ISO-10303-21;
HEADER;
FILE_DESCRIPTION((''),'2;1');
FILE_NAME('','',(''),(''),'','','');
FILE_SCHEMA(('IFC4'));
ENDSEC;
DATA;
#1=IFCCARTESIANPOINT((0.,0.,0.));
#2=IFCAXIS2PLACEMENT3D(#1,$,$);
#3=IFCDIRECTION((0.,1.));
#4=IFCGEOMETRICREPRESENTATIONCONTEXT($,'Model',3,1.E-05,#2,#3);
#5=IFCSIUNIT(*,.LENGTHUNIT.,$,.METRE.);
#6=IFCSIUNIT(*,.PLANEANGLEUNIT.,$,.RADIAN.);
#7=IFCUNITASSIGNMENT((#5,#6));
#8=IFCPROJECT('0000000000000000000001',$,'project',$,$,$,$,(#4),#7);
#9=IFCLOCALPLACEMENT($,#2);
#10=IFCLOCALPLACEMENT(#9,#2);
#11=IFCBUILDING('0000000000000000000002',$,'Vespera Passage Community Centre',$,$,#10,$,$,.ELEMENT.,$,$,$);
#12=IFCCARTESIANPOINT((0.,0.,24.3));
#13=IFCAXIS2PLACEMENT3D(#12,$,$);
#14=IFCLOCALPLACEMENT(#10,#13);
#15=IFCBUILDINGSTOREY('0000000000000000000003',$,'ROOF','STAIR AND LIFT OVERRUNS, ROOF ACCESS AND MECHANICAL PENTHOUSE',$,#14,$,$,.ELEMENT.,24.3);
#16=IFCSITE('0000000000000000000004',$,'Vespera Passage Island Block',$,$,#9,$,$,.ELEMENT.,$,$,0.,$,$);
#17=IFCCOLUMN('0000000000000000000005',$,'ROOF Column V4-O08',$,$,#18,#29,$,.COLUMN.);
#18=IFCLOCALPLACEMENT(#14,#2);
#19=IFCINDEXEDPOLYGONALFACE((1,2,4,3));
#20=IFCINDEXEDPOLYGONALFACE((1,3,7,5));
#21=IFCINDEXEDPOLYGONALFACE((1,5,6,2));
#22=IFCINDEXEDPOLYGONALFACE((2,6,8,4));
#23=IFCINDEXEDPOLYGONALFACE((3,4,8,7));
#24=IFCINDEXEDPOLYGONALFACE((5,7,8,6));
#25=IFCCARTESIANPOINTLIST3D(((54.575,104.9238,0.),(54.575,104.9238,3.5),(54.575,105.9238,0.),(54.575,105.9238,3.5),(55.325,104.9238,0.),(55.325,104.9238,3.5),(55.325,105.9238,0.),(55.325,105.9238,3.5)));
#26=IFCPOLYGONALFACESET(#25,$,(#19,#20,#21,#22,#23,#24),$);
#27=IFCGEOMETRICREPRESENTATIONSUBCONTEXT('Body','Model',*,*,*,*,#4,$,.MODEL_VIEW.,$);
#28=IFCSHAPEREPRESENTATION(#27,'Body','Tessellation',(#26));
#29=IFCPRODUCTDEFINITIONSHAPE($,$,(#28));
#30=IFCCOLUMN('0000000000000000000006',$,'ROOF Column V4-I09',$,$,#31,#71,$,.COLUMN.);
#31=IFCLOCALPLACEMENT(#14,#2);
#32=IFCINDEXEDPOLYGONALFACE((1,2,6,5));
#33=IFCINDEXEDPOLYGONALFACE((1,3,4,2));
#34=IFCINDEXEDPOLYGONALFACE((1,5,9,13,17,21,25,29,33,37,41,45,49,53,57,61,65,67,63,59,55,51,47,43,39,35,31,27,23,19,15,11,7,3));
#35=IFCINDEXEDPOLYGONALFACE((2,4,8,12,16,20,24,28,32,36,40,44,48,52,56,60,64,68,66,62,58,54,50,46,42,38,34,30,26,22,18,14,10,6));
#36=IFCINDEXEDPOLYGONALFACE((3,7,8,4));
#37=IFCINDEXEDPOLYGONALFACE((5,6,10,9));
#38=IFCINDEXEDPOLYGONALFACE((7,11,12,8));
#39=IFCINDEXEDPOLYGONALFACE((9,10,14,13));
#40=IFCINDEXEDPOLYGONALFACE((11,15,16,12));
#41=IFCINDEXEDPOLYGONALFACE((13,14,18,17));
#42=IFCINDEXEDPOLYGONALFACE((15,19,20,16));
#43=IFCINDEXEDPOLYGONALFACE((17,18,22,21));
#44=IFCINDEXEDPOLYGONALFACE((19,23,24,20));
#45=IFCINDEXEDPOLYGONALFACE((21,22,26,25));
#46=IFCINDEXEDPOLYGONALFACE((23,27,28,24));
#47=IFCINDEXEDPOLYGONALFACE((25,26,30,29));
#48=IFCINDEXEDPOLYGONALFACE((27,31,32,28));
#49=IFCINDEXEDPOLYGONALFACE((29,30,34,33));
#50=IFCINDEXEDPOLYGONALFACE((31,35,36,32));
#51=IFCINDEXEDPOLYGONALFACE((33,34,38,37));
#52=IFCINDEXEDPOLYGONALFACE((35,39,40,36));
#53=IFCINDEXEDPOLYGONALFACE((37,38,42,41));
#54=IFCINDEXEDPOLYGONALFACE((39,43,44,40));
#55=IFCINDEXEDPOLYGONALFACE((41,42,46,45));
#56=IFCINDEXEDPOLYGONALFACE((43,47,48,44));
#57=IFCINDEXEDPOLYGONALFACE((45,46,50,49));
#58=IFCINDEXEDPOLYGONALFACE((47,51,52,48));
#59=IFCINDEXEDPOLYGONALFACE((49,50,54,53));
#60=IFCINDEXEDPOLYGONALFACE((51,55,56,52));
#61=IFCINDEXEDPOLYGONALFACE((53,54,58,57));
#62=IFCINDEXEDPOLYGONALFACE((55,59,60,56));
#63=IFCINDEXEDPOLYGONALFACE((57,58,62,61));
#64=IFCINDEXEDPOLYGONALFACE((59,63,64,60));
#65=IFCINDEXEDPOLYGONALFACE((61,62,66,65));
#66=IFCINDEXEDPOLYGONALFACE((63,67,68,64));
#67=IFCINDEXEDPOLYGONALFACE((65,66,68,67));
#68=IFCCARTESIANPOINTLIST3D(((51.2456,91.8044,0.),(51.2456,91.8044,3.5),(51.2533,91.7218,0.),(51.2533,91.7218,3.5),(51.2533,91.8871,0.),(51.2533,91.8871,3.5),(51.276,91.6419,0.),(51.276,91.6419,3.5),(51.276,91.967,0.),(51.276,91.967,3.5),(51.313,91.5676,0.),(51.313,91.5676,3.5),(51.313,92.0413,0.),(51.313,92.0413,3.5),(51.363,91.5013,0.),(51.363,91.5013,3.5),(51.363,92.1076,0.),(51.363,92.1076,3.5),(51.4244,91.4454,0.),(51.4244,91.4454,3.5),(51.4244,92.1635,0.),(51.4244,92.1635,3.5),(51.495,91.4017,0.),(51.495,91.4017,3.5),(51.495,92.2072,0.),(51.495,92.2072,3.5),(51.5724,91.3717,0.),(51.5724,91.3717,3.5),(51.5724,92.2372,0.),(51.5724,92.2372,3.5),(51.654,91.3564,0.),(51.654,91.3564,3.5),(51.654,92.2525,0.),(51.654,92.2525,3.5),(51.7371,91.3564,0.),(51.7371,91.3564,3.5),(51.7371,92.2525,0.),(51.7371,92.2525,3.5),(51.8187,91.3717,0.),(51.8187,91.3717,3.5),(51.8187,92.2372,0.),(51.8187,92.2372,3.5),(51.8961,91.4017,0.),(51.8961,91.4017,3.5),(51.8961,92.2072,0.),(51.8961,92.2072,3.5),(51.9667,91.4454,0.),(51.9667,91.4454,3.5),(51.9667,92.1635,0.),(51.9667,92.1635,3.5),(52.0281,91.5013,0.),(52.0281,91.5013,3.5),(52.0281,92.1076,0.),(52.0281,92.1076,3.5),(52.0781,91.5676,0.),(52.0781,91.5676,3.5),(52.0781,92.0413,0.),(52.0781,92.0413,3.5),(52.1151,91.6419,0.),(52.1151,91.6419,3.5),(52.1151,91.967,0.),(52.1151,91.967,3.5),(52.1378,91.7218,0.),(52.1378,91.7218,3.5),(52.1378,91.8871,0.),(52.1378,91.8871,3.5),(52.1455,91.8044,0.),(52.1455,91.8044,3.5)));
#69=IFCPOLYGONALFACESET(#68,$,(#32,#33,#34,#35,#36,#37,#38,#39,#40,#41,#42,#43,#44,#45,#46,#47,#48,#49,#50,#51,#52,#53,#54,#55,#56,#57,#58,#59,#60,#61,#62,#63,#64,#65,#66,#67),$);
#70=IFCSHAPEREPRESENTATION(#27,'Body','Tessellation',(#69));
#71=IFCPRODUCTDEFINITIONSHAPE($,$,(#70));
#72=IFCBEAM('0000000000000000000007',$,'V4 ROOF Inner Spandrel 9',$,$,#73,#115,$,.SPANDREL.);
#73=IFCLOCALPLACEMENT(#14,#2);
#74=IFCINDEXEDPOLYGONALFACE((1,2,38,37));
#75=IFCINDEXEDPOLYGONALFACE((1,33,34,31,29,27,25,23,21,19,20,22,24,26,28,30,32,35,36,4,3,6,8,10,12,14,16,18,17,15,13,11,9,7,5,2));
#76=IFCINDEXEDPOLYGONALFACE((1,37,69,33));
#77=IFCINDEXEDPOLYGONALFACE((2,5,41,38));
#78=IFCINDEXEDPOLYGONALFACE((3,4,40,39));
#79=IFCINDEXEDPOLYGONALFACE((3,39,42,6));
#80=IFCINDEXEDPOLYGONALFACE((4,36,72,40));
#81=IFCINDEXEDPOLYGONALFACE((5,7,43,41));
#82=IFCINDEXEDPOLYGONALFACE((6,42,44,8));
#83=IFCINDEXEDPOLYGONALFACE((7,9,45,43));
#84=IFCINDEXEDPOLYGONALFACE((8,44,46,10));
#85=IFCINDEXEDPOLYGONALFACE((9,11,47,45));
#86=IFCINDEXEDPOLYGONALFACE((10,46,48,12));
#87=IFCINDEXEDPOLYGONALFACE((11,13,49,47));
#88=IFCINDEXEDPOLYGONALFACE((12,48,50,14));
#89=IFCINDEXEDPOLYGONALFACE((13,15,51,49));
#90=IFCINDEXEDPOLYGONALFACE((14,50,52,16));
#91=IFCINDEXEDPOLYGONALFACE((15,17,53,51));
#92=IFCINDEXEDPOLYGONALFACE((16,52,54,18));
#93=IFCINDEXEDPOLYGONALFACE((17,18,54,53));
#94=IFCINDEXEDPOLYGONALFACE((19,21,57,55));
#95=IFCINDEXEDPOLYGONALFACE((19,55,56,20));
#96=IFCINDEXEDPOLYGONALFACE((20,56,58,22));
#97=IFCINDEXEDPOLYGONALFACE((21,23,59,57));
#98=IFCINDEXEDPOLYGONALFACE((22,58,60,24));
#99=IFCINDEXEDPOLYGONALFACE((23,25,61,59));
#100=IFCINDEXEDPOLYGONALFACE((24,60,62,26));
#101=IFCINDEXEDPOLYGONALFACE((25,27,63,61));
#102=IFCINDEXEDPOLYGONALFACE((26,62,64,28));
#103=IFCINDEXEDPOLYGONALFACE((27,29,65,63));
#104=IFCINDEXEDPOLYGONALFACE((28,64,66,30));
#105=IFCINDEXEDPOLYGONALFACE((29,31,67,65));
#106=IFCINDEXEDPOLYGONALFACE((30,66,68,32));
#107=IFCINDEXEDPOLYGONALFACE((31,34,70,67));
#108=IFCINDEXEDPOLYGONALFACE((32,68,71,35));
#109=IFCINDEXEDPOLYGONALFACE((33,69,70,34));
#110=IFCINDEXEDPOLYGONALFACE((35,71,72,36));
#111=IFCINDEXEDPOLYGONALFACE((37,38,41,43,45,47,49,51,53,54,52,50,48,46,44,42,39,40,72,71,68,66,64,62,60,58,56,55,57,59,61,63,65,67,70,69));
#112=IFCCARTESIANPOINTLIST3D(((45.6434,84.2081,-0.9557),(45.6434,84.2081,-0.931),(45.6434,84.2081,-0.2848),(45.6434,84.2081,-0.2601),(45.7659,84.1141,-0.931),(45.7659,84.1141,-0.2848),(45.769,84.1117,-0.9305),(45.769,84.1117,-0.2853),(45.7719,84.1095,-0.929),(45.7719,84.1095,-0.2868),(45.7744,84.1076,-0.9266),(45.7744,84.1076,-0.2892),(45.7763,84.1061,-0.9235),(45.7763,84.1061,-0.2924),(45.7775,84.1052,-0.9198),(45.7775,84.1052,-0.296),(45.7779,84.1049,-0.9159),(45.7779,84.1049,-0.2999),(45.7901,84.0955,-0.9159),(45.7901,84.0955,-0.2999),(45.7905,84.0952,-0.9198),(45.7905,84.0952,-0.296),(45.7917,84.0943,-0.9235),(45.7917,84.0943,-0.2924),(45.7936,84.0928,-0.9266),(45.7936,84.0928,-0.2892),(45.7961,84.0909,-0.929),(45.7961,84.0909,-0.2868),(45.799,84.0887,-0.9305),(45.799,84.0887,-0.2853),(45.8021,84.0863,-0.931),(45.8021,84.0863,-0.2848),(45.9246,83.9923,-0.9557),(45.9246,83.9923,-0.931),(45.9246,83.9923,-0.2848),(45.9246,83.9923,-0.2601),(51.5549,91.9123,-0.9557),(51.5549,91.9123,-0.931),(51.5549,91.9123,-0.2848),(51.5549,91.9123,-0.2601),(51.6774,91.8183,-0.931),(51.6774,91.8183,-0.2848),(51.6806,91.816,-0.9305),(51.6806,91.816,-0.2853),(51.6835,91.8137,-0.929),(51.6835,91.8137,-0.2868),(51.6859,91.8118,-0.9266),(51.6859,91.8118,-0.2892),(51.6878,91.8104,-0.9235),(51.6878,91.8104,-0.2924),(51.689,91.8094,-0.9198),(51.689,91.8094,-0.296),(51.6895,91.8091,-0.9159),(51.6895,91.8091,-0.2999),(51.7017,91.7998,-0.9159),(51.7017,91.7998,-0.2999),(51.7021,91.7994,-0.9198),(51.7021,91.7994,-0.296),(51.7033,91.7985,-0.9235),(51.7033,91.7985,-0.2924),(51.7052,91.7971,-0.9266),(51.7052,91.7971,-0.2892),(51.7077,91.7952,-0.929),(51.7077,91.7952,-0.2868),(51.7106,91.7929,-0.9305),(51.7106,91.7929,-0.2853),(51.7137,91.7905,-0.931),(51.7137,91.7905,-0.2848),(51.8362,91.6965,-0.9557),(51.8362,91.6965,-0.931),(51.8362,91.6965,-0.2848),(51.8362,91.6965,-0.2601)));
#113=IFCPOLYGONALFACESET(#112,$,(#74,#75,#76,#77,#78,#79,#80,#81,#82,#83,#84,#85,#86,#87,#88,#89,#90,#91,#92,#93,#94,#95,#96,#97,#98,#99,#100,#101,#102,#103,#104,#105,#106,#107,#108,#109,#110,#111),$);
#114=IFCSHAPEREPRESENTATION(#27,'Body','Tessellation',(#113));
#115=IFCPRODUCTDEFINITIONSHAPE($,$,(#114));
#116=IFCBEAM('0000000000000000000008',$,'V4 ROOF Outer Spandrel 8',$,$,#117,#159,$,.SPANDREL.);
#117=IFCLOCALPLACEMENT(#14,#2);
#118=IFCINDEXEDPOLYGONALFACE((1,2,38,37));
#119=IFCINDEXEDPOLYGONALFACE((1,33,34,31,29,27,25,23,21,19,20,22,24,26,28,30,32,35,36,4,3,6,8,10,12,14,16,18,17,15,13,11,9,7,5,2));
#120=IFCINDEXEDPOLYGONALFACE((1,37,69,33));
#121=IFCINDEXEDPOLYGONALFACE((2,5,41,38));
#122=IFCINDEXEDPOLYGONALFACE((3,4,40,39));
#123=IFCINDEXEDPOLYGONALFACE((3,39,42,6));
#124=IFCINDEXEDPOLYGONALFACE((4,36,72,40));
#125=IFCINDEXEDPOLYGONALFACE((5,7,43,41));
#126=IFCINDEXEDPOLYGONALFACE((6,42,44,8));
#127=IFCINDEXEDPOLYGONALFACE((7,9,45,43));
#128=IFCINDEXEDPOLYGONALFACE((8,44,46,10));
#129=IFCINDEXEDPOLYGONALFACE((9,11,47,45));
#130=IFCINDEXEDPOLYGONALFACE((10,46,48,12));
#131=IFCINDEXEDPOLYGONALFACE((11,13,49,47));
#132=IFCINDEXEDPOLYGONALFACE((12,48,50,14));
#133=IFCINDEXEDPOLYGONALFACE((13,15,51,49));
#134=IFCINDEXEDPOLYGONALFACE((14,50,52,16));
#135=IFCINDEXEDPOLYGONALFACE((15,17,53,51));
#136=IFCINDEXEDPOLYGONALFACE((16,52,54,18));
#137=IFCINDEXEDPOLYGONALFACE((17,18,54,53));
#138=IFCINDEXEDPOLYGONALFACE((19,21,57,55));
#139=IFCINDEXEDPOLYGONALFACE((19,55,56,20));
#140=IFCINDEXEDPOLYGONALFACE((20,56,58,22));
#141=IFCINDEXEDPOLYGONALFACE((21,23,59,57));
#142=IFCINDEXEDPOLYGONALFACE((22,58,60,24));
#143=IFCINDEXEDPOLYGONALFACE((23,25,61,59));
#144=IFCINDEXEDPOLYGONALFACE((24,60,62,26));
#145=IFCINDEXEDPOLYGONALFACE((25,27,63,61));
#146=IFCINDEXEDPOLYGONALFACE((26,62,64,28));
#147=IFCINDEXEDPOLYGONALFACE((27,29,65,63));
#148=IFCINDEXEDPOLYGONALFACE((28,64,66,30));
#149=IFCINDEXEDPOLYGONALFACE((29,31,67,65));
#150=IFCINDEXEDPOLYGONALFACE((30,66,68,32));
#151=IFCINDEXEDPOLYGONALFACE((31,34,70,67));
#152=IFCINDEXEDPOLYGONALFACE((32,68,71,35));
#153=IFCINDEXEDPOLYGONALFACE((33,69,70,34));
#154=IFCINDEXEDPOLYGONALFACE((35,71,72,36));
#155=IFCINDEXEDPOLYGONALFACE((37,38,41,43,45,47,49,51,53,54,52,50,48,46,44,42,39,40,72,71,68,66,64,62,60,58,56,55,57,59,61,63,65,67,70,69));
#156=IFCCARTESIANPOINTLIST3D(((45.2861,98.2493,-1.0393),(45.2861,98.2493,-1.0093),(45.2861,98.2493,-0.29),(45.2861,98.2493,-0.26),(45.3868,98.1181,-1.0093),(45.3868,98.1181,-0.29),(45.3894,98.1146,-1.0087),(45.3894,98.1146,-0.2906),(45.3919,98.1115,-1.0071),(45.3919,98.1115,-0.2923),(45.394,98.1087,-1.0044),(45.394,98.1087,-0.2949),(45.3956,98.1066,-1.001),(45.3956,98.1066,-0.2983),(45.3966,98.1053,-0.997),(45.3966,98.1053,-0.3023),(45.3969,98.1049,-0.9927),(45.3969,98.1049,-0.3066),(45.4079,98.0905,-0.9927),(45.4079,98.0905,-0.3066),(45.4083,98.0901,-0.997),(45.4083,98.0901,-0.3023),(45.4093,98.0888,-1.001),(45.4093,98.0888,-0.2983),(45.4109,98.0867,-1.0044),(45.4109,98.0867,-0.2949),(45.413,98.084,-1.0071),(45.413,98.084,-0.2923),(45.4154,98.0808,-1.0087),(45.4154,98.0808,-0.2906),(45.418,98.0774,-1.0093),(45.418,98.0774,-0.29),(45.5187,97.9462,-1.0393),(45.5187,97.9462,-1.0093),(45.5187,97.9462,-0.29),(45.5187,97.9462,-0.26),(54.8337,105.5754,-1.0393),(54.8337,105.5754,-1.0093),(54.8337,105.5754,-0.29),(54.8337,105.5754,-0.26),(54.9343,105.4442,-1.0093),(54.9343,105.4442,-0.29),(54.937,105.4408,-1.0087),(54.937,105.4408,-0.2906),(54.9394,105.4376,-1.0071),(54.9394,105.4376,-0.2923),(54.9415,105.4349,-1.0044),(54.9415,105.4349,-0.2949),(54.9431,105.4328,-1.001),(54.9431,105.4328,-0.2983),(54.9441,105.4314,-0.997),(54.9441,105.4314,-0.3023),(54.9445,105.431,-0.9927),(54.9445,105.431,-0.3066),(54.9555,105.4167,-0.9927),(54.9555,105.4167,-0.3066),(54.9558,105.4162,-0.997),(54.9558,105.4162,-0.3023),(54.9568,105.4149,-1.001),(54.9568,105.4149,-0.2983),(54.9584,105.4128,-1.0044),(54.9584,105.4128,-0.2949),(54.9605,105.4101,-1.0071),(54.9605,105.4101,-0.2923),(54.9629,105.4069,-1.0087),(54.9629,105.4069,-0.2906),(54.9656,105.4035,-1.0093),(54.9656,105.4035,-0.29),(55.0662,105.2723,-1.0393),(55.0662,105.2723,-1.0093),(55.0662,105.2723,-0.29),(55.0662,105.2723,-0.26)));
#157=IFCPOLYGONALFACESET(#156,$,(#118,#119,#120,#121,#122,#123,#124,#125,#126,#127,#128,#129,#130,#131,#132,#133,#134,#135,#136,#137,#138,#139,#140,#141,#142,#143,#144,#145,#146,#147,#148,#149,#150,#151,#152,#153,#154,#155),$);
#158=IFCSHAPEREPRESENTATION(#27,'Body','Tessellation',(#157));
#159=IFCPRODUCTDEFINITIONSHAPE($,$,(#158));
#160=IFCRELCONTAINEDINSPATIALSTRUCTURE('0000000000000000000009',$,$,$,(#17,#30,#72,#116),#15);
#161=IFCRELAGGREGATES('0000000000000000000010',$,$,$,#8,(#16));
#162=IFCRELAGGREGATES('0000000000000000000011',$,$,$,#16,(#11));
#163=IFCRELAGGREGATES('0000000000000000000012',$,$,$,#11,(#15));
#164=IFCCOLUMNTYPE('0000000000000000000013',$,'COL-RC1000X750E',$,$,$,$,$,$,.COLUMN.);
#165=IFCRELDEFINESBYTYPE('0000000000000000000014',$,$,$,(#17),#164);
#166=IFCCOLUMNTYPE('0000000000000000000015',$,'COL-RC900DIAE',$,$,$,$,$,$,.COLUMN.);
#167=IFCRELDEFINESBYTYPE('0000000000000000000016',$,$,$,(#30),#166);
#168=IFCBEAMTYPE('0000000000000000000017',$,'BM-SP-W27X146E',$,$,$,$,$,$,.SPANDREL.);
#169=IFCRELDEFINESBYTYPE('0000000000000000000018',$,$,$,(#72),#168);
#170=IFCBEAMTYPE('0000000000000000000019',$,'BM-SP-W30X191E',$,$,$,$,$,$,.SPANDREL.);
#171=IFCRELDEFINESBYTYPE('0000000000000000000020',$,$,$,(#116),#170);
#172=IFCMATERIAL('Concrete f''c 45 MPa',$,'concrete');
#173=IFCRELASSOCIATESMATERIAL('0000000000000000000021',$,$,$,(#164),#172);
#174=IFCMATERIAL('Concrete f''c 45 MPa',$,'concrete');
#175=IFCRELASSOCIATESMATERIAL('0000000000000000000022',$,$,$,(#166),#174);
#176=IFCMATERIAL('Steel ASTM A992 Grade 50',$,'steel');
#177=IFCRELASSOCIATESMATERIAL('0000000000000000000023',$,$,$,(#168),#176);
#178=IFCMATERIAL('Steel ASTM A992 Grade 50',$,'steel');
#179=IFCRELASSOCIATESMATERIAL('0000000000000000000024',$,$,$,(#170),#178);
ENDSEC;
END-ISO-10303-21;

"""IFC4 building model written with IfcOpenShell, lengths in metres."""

from ifc_helpers import new_model, si_unit, direction, frame, origin, origin_2d, place, context, subcontext, project, spatial, rectangle, circle, i_section, extrude, material, material_profile, profile_set, type_object, element, save


model = new_model("IFC4")

# Units and contexts
model_context = context("Model", 3, precision=1e-05, world=origin(), true_north=direction((0.0, 1.0)))
body_context = subcontext(model_context, "Body", "Model", "MODEL_VIEW")
ifc_project = project(units=[si_unit("LENGTHUNIT", "METRE"), si_unit("PLANEANGLEUNIT", "RADIAN")], contexts=[model_context])

# Site, building, storey
site_placement = place(None, origin())
site = spatial("IfcSite", under=ifc_project, at=site_placement, Name="Vespera Passage Island Block", CompositionType="ELEMENT", RefElevation=0.0)
building_placement = place(site_placement, origin())
building = spatial("IfcBuilding", under=site, at=building_placement, Name="Vespera Passage Community Centre", CompositionType="ELEMENT")
storey_placement = place(building_placement, frame((0.0, 0.0, 24.3)))
storey = spatial("IfcBuildingStorey", under=building, at=storey_placement, Name="ROOF", Description="STAIR AND LIFT OVERRUNS, ROOF ACCESS AND MECHANICAL PENTHOUSE", CompositionType="ELEMENT", Elevation=24.3)

# Columns
ifc_material_1 = material(Name="Concrete f'c 45 MPa", Category="concrete")
ifc_material_profile_1 = material_profile(ifc_material_1, rectangle(XDim=0.75, YDim=1.0, at=origin_2d()), Name="RC1000X750")
ifc_profile_set_1 = profile_set([ifc_material_profile_1], Name="Concrete f'c 45 MPa")
column_type_1 = type_object("IfcColumnType", Name="COL-RC1000X750E", PredefinedType="COLUMN", material=ifc_profile_set_1)
column_1_placement = place(storey_placement, frame((54.95, 105.4238, 0.0), z_axis=(0.0, 0.0, 1.0), x_axis=(1.0, 0.0, 0.0)))
element("IfcColumn", 1, at=column_1_placement, inside=storey, type_object=column_type_1, Name="ROOF Column V4-O08", PredefinedType="COLUMN", context=body_context, shape_type="SweptSolid", body=[
    extrude(rectangle(XDim=0.75, YDim=1.0, at=origin_2d()), origin(), (0.0, 0.0, 1.0), 3.5),
])
ifc_material_2 = material(Name="Concrete f'c 45 MPa", Category="concrete")
ifc_material_profile_2 = material_profile(ifc_material_2, circle(Radius=0.45, at=origin_2d()), Name="RC900DIA")
ifc_profile_set_2 = profile_set([ifc_material_profile_2], Name="Concrete f'c 45 MPa")
column_type_2 = type_object("IfcColumnType", Name="COL-RC900DIAE", PredefinedType="COLUMN", material=ifc_profile_set_2)
column_2_placement = place(storey_placement, frame((51.6956, 91.8044, 0.0), z_axis=(0.0, 0.0, 1.0), x_axis=(1.0, 0.0, 0.0)))
element("IfcColumn", 2, at=column_2_placement, inside=storey, type_object=column_type_2, Name="ROOF Column V4-I09", PredefinedType="COLUMN", context=body_context, shape_type="SweptSolid", body=[
    extrude(circle(Radius=0.45, at=origin_2d()), origin(), (0.0, 0.0, 1.0), 3.5),
])

# Beams
ifc_material_3 = material(Name="Steel ASTM A992 Grade 50", Category="steel")
ifc_material_profile_3 = material_profile(ifc_material_3, i_section(OverallWidth=0.3545, OverallDepth=0.6956, WebThickness=0.0154, FlangeThickness=0.0247, FilletRadius=0.0151, at=origin_2d()), Name="W27X146")
ifc_profile_set_3 = profile_set([ifc_material_profile_3], Name="Steel ASTM A992 Grade 50")
beam_type_1 = type_object("IfcBeamType", Name="BM-SP-W27X146E", PredefinedType="SPANDREL", material=ifc_profile_set_3)
beam_1_placement = place(storey_placement, frame((51.6956, 91.8044, -0.6079), z_axis=(-0.608753, -0.79336, 0.0), x_axis=(0.79336, -0.608753, 0.0)))
element("IfcBeam", 3, at=beam_1_placement, inside=storey, type_object=beam_type_1, Name="V4 ROOF Inner Spandrel 9", PredefinedType="SPANDREL", context=body_context, shape_type="SweptSolid", body=[
    extrude(i_section(OverallWidth=0.3545, OverallDepth=0.6956, WebThickness=0.0154, FlangeThickness=0.0247, FilletRadius=0.0151, at=origin_2d()), origin(), (0.0, 0.0, 1.0), 9.7109),
])
ifc_material_4 = material(Name="Steel ASTM A992 Grade 50", Category="steel")
ifc_material_profile_4 = material_profile(ifc_material_4, i_section(OverallWidth=0.3821, OverallDepth=0.7793, WebThickness=0.0181, FlangeThickness=0.03, FilletRadius=0.0166, at=origin_2d()), Name="W30X191")
ifc_profile_set_4 = profile_set([ifc_material_profile_4], Name="Steel ASTM A992 Grade 50")
beam_type_2 = type_object("IfcBeamType", Name="BM-SP-W30X191E", PredefinedType="SPANDREL", material=ifc_profile_set_4)
beam_2_placement = place(storey_placement, frame((54.95, 105.4238, -0.6497), z_axis=(-0.793352, -0.608763, 0.0), x_axis=(0.608763, -0.793352, 0.0)))
element("IfcBeam", 4, at=beam_2_placement, inside=storey, type_object=beam_type_2, Name="V4 ROOF Outer Spandrel 8", PredefinedType="SPANDREL", context=body_context, shape_type="SweptSolid", body=[
    extrude(i_section(OverallWidth=0.3821, OverallDepth=0.7793, WebThickness=0.0181, FlangeThickness=0.03, FilletRadius=0.0166, at=origin_2d()), origin(), (0.0, 0.0, 1.0), 12.0344),
])

save(model, "model.ifc")
